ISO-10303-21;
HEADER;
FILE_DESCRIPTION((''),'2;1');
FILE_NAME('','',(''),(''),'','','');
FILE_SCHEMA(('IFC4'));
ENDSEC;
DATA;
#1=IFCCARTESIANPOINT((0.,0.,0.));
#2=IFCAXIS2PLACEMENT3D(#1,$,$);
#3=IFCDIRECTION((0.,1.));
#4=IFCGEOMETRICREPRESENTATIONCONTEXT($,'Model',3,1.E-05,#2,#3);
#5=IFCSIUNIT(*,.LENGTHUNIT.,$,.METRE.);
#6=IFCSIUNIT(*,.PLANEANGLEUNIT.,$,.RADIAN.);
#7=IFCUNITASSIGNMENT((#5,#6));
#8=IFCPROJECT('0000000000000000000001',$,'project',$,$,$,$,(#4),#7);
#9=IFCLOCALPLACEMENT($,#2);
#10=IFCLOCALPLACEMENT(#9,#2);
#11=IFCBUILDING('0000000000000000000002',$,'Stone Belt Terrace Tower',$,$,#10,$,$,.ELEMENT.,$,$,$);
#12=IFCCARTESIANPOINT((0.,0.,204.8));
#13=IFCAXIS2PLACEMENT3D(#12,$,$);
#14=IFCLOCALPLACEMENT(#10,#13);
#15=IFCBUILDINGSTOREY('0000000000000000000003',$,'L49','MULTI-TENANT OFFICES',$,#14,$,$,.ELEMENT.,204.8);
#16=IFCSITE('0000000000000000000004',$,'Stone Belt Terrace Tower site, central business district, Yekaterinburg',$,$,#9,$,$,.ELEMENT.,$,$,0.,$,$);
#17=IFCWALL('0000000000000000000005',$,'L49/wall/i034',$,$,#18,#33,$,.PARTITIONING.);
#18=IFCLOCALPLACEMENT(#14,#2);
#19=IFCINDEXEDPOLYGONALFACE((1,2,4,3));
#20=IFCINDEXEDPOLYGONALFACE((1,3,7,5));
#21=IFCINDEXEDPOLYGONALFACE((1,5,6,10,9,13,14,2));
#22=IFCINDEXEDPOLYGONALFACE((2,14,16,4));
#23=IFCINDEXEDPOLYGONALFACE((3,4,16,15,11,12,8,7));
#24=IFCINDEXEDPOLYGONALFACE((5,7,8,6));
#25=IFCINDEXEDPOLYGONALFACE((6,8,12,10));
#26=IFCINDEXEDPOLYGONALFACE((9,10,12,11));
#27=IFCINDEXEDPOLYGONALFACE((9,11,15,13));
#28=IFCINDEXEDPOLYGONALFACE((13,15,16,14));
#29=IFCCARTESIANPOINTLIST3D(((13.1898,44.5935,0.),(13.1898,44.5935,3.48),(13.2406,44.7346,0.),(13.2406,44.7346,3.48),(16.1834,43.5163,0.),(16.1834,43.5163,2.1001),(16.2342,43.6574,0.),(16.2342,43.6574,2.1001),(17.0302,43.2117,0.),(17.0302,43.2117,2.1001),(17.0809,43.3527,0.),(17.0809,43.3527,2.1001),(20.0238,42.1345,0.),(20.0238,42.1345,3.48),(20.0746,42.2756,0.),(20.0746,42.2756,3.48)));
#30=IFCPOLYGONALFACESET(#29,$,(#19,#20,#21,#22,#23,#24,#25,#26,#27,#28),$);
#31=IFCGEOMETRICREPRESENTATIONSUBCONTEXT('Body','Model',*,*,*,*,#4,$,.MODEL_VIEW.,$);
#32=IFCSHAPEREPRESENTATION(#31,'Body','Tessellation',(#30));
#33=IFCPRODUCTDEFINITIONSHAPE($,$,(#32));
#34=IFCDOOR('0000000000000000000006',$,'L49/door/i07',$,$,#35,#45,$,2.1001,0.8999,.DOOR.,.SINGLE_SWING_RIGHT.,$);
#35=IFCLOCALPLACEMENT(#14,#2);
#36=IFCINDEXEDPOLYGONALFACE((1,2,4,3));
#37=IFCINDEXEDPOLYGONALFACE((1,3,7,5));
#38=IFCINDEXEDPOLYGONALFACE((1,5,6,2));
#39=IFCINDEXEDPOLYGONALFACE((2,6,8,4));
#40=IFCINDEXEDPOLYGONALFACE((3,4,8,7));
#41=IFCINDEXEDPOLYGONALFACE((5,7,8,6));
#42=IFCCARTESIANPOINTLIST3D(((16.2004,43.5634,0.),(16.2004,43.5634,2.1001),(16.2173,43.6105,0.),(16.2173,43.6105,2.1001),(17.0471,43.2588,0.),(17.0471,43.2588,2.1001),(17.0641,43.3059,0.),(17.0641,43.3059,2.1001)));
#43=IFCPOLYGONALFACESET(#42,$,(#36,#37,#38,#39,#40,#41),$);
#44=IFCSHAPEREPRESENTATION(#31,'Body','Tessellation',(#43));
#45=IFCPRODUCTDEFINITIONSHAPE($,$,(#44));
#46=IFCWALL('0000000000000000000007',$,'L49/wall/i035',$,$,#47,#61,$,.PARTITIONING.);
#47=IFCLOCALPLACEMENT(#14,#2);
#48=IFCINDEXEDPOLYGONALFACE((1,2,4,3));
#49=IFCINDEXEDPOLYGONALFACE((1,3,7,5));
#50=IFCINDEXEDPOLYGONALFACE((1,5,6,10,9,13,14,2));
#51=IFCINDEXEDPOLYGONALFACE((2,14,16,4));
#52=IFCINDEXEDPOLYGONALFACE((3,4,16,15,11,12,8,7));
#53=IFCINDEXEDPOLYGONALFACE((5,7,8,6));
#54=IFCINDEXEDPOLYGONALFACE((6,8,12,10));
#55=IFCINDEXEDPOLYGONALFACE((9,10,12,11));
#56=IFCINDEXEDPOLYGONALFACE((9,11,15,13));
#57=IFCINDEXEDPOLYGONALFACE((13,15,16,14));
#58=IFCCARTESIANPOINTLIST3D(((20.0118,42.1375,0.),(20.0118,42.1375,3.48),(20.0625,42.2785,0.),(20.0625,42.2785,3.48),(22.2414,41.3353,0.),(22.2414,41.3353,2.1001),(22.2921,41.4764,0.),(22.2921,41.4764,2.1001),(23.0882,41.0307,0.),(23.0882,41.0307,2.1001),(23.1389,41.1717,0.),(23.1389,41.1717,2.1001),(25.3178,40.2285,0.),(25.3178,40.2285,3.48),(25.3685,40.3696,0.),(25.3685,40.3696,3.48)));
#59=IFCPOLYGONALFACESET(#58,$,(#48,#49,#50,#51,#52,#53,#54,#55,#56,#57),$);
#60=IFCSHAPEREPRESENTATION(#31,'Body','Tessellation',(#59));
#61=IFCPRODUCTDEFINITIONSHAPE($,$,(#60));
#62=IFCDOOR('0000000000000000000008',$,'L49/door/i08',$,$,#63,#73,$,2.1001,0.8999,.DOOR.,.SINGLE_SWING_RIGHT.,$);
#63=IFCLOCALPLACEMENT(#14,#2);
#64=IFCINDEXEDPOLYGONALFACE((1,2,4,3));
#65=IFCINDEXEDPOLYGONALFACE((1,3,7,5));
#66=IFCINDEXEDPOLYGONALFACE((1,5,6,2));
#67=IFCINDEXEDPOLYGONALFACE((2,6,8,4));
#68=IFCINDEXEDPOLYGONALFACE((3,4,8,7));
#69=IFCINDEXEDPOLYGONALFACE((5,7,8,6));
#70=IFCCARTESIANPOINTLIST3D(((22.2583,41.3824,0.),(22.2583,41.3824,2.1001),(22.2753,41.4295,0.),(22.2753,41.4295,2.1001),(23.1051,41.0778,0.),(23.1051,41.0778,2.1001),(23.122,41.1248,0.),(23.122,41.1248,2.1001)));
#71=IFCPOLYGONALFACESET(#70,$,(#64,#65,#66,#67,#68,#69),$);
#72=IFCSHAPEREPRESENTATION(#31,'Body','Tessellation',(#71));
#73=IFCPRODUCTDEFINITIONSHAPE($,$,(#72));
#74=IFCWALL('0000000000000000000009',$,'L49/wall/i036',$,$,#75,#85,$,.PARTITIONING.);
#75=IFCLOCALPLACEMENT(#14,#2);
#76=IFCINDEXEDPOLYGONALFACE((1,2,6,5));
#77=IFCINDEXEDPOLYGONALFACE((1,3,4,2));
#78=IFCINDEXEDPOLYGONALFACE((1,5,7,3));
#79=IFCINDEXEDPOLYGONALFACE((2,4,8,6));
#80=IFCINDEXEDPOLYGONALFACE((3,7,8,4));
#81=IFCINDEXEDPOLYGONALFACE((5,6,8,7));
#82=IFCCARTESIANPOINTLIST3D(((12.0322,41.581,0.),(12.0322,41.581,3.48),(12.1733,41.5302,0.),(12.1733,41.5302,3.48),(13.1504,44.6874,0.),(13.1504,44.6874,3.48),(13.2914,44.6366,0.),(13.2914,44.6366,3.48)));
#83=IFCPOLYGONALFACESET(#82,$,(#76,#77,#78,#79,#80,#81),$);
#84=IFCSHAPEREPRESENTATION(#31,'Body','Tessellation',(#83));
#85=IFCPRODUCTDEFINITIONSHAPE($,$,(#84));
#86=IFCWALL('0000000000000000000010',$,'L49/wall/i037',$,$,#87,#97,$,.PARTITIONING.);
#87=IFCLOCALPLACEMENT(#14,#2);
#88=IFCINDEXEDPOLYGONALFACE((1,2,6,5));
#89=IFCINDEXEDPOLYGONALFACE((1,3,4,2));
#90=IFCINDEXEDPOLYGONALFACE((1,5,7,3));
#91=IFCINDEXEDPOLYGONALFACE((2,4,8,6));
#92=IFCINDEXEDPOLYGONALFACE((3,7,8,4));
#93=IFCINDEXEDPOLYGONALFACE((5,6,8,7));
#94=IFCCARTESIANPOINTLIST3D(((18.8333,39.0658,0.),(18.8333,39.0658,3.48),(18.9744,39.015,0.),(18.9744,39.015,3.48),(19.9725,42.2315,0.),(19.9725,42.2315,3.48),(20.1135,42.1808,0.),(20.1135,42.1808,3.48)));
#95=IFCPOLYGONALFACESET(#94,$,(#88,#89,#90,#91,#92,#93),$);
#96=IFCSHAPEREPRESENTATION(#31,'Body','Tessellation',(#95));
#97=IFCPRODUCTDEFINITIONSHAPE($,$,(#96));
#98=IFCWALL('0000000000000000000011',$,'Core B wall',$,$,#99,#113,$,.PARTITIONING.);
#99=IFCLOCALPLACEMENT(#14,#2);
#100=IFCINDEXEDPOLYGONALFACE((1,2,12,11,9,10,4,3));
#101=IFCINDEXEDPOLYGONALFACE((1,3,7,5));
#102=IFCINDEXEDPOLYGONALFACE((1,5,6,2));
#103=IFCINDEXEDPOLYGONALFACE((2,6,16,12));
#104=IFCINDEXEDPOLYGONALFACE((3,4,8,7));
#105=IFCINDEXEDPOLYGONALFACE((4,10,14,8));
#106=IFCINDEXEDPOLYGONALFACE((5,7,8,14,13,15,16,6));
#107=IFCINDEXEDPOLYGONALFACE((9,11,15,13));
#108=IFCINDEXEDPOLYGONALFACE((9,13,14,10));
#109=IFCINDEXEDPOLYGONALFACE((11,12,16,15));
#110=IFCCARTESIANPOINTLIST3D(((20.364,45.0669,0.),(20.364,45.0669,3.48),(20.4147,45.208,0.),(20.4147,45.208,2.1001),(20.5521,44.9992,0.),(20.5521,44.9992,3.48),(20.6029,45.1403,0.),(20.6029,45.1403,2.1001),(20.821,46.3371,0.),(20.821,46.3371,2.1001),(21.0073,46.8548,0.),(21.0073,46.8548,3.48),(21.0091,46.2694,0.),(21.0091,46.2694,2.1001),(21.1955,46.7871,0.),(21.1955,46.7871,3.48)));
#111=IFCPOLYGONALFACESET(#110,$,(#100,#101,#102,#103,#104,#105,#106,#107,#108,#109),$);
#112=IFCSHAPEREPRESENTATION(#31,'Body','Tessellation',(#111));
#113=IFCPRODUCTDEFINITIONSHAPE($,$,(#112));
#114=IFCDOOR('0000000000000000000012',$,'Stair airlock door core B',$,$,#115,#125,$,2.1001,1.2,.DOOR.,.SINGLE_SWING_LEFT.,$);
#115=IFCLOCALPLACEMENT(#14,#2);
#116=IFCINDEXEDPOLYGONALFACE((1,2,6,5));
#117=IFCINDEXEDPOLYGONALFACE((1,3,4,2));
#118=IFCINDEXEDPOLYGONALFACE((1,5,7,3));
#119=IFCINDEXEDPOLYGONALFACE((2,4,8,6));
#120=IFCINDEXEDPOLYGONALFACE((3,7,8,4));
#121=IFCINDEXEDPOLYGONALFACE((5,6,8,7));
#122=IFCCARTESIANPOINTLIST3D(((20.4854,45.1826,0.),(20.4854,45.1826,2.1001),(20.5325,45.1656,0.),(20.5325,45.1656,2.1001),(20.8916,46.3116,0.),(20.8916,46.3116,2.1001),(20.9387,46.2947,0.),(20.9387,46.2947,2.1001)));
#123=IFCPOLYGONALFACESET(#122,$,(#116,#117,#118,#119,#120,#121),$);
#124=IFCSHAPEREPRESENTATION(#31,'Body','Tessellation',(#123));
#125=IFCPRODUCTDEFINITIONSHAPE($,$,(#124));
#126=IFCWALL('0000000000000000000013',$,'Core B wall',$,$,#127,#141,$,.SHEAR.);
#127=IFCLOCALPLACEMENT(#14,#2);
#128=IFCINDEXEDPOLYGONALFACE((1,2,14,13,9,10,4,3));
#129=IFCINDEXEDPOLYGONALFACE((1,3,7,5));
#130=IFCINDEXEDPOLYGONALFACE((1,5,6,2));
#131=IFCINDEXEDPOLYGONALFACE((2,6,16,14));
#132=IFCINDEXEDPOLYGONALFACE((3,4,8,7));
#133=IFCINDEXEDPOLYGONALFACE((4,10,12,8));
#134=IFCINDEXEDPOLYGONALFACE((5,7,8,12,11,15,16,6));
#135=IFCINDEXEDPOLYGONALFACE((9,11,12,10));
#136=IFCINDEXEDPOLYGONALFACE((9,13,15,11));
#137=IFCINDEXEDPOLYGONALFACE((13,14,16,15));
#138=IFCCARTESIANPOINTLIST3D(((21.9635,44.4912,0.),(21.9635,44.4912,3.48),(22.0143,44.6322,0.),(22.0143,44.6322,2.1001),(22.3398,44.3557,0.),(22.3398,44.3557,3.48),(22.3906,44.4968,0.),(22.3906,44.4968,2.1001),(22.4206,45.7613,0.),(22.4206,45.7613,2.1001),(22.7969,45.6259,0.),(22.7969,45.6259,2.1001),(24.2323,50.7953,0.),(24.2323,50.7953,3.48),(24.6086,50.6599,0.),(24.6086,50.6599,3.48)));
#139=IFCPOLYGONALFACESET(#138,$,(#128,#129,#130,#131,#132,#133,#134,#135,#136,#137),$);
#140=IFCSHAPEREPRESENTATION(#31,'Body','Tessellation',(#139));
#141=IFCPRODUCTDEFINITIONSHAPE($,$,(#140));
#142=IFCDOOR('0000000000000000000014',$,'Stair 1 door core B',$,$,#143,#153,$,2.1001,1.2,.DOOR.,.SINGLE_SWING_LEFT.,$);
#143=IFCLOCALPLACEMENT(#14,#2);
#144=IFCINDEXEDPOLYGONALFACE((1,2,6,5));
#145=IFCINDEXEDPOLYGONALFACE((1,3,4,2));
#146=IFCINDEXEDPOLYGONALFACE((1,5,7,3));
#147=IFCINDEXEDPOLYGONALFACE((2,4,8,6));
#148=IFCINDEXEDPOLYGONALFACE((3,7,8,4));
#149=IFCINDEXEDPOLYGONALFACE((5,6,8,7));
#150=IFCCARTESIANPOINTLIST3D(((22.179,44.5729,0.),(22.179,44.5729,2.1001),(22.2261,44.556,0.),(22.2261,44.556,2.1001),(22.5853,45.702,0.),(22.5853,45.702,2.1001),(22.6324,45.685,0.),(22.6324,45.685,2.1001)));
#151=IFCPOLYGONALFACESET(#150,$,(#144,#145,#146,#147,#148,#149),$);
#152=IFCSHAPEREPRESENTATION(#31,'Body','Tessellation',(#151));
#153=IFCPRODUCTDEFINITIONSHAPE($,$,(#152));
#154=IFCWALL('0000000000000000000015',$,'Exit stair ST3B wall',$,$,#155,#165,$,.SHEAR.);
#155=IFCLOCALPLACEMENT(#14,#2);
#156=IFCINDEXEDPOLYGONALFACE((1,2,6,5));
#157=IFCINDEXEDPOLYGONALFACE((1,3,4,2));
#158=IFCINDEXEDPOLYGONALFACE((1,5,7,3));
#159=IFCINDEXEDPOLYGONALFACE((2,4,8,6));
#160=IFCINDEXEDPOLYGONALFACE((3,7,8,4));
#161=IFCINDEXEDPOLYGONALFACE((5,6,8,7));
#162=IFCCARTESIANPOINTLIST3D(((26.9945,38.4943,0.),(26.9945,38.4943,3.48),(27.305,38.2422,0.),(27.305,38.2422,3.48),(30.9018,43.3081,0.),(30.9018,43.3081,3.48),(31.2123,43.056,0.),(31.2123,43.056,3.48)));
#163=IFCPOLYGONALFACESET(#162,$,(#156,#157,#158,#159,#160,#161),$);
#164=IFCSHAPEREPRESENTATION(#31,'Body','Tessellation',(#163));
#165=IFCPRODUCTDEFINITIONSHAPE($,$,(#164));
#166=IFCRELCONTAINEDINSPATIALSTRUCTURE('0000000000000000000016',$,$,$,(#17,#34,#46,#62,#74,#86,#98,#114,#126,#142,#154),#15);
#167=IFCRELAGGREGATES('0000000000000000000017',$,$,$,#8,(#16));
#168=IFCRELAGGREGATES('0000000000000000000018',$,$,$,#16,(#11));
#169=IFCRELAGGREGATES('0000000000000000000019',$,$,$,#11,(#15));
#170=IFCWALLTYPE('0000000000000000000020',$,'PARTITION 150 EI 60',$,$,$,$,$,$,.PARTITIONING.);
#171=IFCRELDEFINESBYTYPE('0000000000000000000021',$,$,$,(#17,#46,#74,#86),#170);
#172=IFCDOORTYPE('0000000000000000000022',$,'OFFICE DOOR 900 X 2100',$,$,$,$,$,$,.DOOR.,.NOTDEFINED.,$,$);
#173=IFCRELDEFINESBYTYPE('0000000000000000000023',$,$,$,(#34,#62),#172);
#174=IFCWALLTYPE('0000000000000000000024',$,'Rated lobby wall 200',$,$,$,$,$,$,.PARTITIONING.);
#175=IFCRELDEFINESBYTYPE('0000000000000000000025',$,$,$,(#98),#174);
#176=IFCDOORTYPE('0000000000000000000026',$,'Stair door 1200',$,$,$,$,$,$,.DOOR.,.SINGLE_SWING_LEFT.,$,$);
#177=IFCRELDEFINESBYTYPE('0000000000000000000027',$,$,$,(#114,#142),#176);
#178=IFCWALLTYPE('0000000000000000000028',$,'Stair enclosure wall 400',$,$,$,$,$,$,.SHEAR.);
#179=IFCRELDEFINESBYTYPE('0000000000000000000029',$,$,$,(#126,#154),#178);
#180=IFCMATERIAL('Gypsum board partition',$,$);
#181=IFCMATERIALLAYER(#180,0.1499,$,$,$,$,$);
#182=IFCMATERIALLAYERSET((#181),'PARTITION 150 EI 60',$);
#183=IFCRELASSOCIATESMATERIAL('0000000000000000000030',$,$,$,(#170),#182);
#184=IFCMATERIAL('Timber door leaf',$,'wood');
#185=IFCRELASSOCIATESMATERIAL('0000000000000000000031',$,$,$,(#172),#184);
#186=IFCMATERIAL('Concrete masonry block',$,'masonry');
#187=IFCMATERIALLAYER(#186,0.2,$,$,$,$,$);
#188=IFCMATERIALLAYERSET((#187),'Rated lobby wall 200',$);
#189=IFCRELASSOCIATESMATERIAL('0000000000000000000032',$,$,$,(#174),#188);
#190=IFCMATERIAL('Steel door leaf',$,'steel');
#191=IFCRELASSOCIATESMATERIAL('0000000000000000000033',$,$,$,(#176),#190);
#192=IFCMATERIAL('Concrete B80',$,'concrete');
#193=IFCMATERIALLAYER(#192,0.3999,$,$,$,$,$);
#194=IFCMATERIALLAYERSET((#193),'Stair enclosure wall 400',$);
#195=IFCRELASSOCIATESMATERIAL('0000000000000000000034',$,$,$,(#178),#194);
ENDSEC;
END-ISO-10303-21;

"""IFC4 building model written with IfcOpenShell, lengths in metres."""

from ifc_helpers import new_model, si_unit, direction, frame, frame_2d, origin, place, context, subcontext, project, spatial, rectangle, extrude, material, layer, layer_set, type_object, element, fill, save


model = new_model("IFC4")

# Units and contexts
model_context = context("Model", 3, precision=1e-05, world=origin(), true_north=direction((0.0, 1.0)))
body_context = subcontext(model_context, "Body", "Model", "MODEL_VIEW")
ifc_project = project(units=[si_unit("LENGTHUNIT", "METRE"), si_unit("PLANEANGLEUNIT", "RADIAN")], contexts=[model_context])

# Site, building, storey
site_placement = place(None, origin())
site = spatial("IfcSite", under=ifc_project, at=site_placement, Name="Stone Belt Terrace Tower site, central business district, Yekaterinburg", CompositionType="ELEMENT", RefElevation=0.0)
building_placement = place(site_placement, origin())
building = spatial("IfcBuilding", under=site, at=building_placement, Name="Stone Belt Terrace Tower", CompositionType="ELEMENT")
storey_placement = place(building_placement, frame((0.0, 0.0, 204.8)))
storey = spatial("IfcBuildingStorey", under=building, at=storey_placement, Name="L49", Description="MULTI-TENANT OFFICES", CompositionType="ELEMENT", Elevation=204.8)

# Walls, openings, doors
ifc_material_1 = material(Name="Gypsum board partition")
ifc_layer_1 = layer(ifc_material_1, 0.1499)
ifc_layer_set_1 = layer_set([ifc_layer_1], Name="PARTITION 150 EI 60")
wall_type_1 = type_object("IfcWallType", Name="PARTITION 150 EI 60", PredefinedType="PARTITIONING", material=ifc_layer_set_1)
ifc_material_2 = material(Name="Timber door leaf", Category="wood")
door_type_1 = type_object("IfcDoorType", Name="OFFICE DOOR 900 X 2100", OperationType="NOTDEFINED", PredefinedType="DOOR", material=ifc_material_2)
wall_1_placement = place(storey_placement, frame((20.0491, 42.2051, 0.0), z_axis=(0.0, 0.0, 1.0), x_axis=(-0.940942, 0.338567, 0.0)))
wall_1 = element("IfcWall", 1, at=wall_1_placement, inside=storey, type_object=wall_type_1, Name="L49/wall/i034", PredefinedType="PARTITIONING", context=body_context, shape_type="SweptSolid", body=[
    extrude(rectangle(XDim=7.2629, YDim=0.1499, at=frame_2d((3.6313, 0.0))), origin(), (0.0, 0.0, 1.0), 3.48),
])
opening_1_placement = place(wall_1_placement, frame((3.1814, 0.0, 0.0)))
opening_1 = element("IfcOpeningElement", 2, at=opening_1_placement, cuts=wall_1, PredefinedType="OPENING", context=body_context, shape_type="SweptSolid", body=[
    extrude(rectangle(XDim=0.8999, YDim=2.1001, at=frame_2d((0.45, 1.05))), frame((0.0, 0.085, 0.0), z_axis=(0.0, -1.0, 0.0), x_axis=(1.0, 0.0, 0.0)), (0.0, 0.0, 1.0), 0.1699),
])
door_1_placement = place(opening_1_placement, origin())
door_1 = element("IfcDoor", 3, at=door_1_placement, inside=storey, type_object=door_type_1, Name="L49/door/i07", OperationType="SINGLE_SWING_RIGHT", OverallHeight=2.1001, OverallWidth=0.8999, PredefinedType="DOOR", context=body_context, shape_type="SweptSolid", body=[
    extrude(rectangle(XDim=0.8999, YDim=2.1001, at=frame_2d((0.45, 1.05))), frame((0.0, 0.0249, 0.0), z_axis=(0.0, -1.0, 0.0), x_axis=(1.0, 0.0, 0.0)), (0.0, 0.0, 1.0), 0.05),
])
fill(opening_1, door_1)
wall_2_placement = place(storey_placement, frame((25.343, 40.2991, 0.0), z_axis=(0.0, 0.0, 1.0), x_axis=(-0.940955, 0.338532, 0.0)))
wall_2 = element("IfcWall", 4, at=wall_2_placement, inside=storey, type_object=wall_type_1, Name="L49/wall/i035", PredefinedType="PARTITIONING", context=body_context, shape_type="SweptSolid", body=[
    extrude(rectangle(XDim=5.6389, YDim=0.1499, at=frame_2d((2.8193, 0.0))), origin(), (0.0, 0.0, 1.0), 3.48),
])
opening_2_placement = place(wall_2_placement, frame((2.3694, 0.0, 0.0)))
opening_2 = element("IfcOpeningElement", 5, at=opening_2_placement, cuts=wall_2, PredefinedType="OPENING", context=body_context, shape_type="SweptSolid", body=[
    extrude(rectangle(XDim=0.8999, YDim=2.1001, at=frame_2d((0.45, 1.05))), frame((0.0, 0.085, 0.0), z_axis=(0.0, -1.0, 0.0), x_axis=(1.0, 0.0, 0.0)), (0.0, 0.0, 1.0), 0.1699),
])
door_2_placement = place(opening_2_placement, origin())
door_2 = element("IfcDoor", 6, at=door_2_placement, inside=storey, type_object=door_type_1, Name="L49/door/i08", OperationType="SINGLE_SWING_RIGHT", OverallHeight=2.1001, OverallWidth=0.8999, PredefinedType="DOOR", context=body_context, shape_type="SweptSolid", body=[
    extrude(rectangle(XDim=0.8999, YDim=2.1001, at=frame_2d((0.45, 1.05))), frame((0.0, 0.0249, 0.0), z_axis=(0.0, -1.0, 0.0), x_axis=(1.0, 0.0, 0.0)), (0.0, 0.0, 1.0), 0.05),
])
fill(opening_2, door_2)

# Walls
wall_3_placement = place(storey_placement, frame((13.2209, 44.6621, 0.0), z_axis=(0.0, 0.0, 1.0), x_axis=(-0.338678, -0.940902, 0.0)))
element("IfcWall", 7, at=wall_3_placement, inside=storey, type_object=wall_type_1, Name="L49/wall/i036", PredefinedType="PARTITIONING", context=body_context, shape_type="SweptSolid", body=[
    extrude(rectangle(XDim=3.3015, YDim=0.1499, at=frame_2d((1.6509, 0.0))), origin(), (0.0, 0.0, 1.0), 3.48),
])
wall_4_placement = place(storey_placement, frame((20.043, 42.2061, 0.0), z_axis=(0.0, 0.0, 1.0), x_axis=(-0.338583, -0.940936, 0.0)))
element("IfcWall", 8, at=wall_4_placement, inside=storey, type_object=wall_type_1, Name="L49/wall/i037", PredefinedType="PARTITIONING", context=body_context, shape_type="SweptSolid", body=[
    extrude(rectangle(XDim=3.3645, YDim=0.1499, at=frame_2d((1.6821, 0.0))), origin(), (0.0, 0.0, 1.0), 3.48),
])

# Walls, openings, doors
ifc_material_3 = material(Name="Concrete masonry block", Category="masonry")
ifc_layer_2 = layer(ifc_material_3, 0.2)
ifc_layer_set_2 = layer_set([ifc_layer_2], Name="Rated lobby wall 200")
wall_type_2 = type_object("IfcWallType", Name="Rated lobby wall 200", PredefinedType="PARTITIONING", material=ifc_layer_set_2)
wall_5_placement = place(storey_placement, frame((20.458, 45.033, 0.0), z_axis=(0.0, 0.0, 1.0), x_axis=(0.338574, 0.94094, 0.0)))
wall_5 = element("IfcWall", 9, at=wall_5_placement, inside=storey, type_object=wall_type_2, Name="Core B wall", PredefinedType="PARTITIONING", context=body_context, shape_type="SweptSolid", body=[
    extrude(rectangle(XDim=1.9001, YDim=0.2, at=frame_2d((0.9502, 0.0))), origin(), (0.0, 0.0, 1.0), 3.48),
])
opening_3_placement = place(wall_5_placement, frame((0.1499, 0.0, 0.0)))
opening_3 = element("IfcOpeningElement", 10, at=opening_3_placement, cuts=wall_5, PredefinedType="OPENING", context=body_context, shape_type="SweptSolid", body=[
    extrude(rectangle(XDim=1.2, YDim=2.1001, at=frame_2d((0.6001, 1.05))), frame((0.0, 0.1099, 0.0), z_axis=(0.0, -1.0, 0.0), x_axis=(1.0, 0.0, 0.0)), (0.0, 0.0, 1.0), 0.22),
])
ifc_material_4 = material(Name="Steel door leaf", Category="steel")
door_type_2 = type_object("IfcDoorType", Name="Stair door 1200", OperationType="SINGLE_SWING_LEFT", PredefinedType="DOOR", material=ifc_material_4)
door_3_placement = place(opening_3_placement, origin())
door_3 = element("IfcDoor", 11, at=door_3_placement, inside=storey, type_object=door_type_2, Name="Stair airlock door core B", OperationType="SINGLE_SWING_LEFT", OverallHeight=2.1001, OverallWidth=1.2, PredefinedType="DOOR", context=body_context, shape_type="SweptSolid", body=[
    extrude(rectangle(XDim=1.2, YDim=2.1001, at=frame_2d((0.6001, 1.05))), frame((0.0, 0.0249, 0.0), z_axis=(0.0, -1.0, 0.0), x_axis=(1.0, 0.0, 0.0)), (0.0, 0.0, 1.0), 0.05),
])
fill(opening_3, door_3)
ifc_material_5 = material(Name="Concrete B80", Category="concrete")
ifc_layer_3 = layer(ifc_material_5, 0.3999)
ifc_layer_set_3 = layer_set([ifc_layer_3], Name="Stair enclosure wall 400")
wall_type_3 = type_object("IfcWallType", Name="Stair enclosure wall 400", PredefinedType="SHEAR", material=ifc_layer_set_3)
wall_6_placement = place(storey_placement, frame((22.1516, 44.4233, 0.0), z_axis=(0.0, 0.0, 1.0), x_axis=(0.338625, 0.940921, 0.0)))
wall_6 = element("IfcWall", 12, at=wall_6_placement, inside=storey, type_object=wall_type_3, Name="Core B wall", PredefinedType="SHEAR", context=body_context, shape_type="SweptSolid", body=[
    extrude(rectangle(XDim=6.7, YDim=0.3999, at=frame_2d((3.3501, 0.0))), origin(), (0.0, 0.0, 1.0), 3.48),
])
opening_4_placement = place(wall_6_placement, frame((0.1499, 0.0, 0.0)))
opening_4 = element("IfcOpeningElement", 13, at=opening_4_placement, cuts=wall_6, PredefinedType="OPENING", context=body_context, shape_type="SweptSolid", body=[
    extrude(rectangle(XDim=1.2, YDim=2.1001, at=frame_2d((0.6001, 1.05))), frame((0.0, 0.21, 0.0), z_axis=(0.0, -1.0, 0.0), x_axis=(1.0, 0.0, 0.0)), (0.0, 0.0, 1.0), 0.4199),
])
door_4_placement = place(opening_4_placement, origin())
door_4 = element("IfcDoor", 14, at=door_4_placement, inside=storey, type_object=door_type_2, Name="Stair 1 door core B", OperationType="SINGLE_SWING_LEFT", OverallHeight=2.1001, OverallWidth=1.2, PredefinedType="DOOR", context=body_context, shape_type="SweptSolid", body=[
    extrude(rectangle(XDim=1.2, YDim=2.1001, at=frame_2d((0.6001, 1.05))), frame((0.0, 0.0249, 0.0), z_axis=(0.0, -1.0, 0.0), x_axis=(1.0, 0.0, 0.0)), (0.0, 0.0, 1.0), 0.05),
])
fill(opening_4, door_4)

# Wall
wall_7_placement = place(storey_placement, frame((27.1497, 38.3682, 0.0), z_axis=(0.0, 0.0, 1.0), x_axis=(0.630212, 0.776423, 0.0)))
element("IfcWall", 15, at=wall_7_placement, inside=storey, type_object=wall_type_3, Name="Exit stair ST3B wall", PredefinedType="SHEAR", context=body_context, shape_type="SweptSolid", body=[
    extrude(rectangle(XDim=6.2, YDim=0.3999, at=frame_2d((3.1001, 0.0))), origin(), (0.0, 0.0, 1.0), 3.48),
])

save(model, "model.ifc")
